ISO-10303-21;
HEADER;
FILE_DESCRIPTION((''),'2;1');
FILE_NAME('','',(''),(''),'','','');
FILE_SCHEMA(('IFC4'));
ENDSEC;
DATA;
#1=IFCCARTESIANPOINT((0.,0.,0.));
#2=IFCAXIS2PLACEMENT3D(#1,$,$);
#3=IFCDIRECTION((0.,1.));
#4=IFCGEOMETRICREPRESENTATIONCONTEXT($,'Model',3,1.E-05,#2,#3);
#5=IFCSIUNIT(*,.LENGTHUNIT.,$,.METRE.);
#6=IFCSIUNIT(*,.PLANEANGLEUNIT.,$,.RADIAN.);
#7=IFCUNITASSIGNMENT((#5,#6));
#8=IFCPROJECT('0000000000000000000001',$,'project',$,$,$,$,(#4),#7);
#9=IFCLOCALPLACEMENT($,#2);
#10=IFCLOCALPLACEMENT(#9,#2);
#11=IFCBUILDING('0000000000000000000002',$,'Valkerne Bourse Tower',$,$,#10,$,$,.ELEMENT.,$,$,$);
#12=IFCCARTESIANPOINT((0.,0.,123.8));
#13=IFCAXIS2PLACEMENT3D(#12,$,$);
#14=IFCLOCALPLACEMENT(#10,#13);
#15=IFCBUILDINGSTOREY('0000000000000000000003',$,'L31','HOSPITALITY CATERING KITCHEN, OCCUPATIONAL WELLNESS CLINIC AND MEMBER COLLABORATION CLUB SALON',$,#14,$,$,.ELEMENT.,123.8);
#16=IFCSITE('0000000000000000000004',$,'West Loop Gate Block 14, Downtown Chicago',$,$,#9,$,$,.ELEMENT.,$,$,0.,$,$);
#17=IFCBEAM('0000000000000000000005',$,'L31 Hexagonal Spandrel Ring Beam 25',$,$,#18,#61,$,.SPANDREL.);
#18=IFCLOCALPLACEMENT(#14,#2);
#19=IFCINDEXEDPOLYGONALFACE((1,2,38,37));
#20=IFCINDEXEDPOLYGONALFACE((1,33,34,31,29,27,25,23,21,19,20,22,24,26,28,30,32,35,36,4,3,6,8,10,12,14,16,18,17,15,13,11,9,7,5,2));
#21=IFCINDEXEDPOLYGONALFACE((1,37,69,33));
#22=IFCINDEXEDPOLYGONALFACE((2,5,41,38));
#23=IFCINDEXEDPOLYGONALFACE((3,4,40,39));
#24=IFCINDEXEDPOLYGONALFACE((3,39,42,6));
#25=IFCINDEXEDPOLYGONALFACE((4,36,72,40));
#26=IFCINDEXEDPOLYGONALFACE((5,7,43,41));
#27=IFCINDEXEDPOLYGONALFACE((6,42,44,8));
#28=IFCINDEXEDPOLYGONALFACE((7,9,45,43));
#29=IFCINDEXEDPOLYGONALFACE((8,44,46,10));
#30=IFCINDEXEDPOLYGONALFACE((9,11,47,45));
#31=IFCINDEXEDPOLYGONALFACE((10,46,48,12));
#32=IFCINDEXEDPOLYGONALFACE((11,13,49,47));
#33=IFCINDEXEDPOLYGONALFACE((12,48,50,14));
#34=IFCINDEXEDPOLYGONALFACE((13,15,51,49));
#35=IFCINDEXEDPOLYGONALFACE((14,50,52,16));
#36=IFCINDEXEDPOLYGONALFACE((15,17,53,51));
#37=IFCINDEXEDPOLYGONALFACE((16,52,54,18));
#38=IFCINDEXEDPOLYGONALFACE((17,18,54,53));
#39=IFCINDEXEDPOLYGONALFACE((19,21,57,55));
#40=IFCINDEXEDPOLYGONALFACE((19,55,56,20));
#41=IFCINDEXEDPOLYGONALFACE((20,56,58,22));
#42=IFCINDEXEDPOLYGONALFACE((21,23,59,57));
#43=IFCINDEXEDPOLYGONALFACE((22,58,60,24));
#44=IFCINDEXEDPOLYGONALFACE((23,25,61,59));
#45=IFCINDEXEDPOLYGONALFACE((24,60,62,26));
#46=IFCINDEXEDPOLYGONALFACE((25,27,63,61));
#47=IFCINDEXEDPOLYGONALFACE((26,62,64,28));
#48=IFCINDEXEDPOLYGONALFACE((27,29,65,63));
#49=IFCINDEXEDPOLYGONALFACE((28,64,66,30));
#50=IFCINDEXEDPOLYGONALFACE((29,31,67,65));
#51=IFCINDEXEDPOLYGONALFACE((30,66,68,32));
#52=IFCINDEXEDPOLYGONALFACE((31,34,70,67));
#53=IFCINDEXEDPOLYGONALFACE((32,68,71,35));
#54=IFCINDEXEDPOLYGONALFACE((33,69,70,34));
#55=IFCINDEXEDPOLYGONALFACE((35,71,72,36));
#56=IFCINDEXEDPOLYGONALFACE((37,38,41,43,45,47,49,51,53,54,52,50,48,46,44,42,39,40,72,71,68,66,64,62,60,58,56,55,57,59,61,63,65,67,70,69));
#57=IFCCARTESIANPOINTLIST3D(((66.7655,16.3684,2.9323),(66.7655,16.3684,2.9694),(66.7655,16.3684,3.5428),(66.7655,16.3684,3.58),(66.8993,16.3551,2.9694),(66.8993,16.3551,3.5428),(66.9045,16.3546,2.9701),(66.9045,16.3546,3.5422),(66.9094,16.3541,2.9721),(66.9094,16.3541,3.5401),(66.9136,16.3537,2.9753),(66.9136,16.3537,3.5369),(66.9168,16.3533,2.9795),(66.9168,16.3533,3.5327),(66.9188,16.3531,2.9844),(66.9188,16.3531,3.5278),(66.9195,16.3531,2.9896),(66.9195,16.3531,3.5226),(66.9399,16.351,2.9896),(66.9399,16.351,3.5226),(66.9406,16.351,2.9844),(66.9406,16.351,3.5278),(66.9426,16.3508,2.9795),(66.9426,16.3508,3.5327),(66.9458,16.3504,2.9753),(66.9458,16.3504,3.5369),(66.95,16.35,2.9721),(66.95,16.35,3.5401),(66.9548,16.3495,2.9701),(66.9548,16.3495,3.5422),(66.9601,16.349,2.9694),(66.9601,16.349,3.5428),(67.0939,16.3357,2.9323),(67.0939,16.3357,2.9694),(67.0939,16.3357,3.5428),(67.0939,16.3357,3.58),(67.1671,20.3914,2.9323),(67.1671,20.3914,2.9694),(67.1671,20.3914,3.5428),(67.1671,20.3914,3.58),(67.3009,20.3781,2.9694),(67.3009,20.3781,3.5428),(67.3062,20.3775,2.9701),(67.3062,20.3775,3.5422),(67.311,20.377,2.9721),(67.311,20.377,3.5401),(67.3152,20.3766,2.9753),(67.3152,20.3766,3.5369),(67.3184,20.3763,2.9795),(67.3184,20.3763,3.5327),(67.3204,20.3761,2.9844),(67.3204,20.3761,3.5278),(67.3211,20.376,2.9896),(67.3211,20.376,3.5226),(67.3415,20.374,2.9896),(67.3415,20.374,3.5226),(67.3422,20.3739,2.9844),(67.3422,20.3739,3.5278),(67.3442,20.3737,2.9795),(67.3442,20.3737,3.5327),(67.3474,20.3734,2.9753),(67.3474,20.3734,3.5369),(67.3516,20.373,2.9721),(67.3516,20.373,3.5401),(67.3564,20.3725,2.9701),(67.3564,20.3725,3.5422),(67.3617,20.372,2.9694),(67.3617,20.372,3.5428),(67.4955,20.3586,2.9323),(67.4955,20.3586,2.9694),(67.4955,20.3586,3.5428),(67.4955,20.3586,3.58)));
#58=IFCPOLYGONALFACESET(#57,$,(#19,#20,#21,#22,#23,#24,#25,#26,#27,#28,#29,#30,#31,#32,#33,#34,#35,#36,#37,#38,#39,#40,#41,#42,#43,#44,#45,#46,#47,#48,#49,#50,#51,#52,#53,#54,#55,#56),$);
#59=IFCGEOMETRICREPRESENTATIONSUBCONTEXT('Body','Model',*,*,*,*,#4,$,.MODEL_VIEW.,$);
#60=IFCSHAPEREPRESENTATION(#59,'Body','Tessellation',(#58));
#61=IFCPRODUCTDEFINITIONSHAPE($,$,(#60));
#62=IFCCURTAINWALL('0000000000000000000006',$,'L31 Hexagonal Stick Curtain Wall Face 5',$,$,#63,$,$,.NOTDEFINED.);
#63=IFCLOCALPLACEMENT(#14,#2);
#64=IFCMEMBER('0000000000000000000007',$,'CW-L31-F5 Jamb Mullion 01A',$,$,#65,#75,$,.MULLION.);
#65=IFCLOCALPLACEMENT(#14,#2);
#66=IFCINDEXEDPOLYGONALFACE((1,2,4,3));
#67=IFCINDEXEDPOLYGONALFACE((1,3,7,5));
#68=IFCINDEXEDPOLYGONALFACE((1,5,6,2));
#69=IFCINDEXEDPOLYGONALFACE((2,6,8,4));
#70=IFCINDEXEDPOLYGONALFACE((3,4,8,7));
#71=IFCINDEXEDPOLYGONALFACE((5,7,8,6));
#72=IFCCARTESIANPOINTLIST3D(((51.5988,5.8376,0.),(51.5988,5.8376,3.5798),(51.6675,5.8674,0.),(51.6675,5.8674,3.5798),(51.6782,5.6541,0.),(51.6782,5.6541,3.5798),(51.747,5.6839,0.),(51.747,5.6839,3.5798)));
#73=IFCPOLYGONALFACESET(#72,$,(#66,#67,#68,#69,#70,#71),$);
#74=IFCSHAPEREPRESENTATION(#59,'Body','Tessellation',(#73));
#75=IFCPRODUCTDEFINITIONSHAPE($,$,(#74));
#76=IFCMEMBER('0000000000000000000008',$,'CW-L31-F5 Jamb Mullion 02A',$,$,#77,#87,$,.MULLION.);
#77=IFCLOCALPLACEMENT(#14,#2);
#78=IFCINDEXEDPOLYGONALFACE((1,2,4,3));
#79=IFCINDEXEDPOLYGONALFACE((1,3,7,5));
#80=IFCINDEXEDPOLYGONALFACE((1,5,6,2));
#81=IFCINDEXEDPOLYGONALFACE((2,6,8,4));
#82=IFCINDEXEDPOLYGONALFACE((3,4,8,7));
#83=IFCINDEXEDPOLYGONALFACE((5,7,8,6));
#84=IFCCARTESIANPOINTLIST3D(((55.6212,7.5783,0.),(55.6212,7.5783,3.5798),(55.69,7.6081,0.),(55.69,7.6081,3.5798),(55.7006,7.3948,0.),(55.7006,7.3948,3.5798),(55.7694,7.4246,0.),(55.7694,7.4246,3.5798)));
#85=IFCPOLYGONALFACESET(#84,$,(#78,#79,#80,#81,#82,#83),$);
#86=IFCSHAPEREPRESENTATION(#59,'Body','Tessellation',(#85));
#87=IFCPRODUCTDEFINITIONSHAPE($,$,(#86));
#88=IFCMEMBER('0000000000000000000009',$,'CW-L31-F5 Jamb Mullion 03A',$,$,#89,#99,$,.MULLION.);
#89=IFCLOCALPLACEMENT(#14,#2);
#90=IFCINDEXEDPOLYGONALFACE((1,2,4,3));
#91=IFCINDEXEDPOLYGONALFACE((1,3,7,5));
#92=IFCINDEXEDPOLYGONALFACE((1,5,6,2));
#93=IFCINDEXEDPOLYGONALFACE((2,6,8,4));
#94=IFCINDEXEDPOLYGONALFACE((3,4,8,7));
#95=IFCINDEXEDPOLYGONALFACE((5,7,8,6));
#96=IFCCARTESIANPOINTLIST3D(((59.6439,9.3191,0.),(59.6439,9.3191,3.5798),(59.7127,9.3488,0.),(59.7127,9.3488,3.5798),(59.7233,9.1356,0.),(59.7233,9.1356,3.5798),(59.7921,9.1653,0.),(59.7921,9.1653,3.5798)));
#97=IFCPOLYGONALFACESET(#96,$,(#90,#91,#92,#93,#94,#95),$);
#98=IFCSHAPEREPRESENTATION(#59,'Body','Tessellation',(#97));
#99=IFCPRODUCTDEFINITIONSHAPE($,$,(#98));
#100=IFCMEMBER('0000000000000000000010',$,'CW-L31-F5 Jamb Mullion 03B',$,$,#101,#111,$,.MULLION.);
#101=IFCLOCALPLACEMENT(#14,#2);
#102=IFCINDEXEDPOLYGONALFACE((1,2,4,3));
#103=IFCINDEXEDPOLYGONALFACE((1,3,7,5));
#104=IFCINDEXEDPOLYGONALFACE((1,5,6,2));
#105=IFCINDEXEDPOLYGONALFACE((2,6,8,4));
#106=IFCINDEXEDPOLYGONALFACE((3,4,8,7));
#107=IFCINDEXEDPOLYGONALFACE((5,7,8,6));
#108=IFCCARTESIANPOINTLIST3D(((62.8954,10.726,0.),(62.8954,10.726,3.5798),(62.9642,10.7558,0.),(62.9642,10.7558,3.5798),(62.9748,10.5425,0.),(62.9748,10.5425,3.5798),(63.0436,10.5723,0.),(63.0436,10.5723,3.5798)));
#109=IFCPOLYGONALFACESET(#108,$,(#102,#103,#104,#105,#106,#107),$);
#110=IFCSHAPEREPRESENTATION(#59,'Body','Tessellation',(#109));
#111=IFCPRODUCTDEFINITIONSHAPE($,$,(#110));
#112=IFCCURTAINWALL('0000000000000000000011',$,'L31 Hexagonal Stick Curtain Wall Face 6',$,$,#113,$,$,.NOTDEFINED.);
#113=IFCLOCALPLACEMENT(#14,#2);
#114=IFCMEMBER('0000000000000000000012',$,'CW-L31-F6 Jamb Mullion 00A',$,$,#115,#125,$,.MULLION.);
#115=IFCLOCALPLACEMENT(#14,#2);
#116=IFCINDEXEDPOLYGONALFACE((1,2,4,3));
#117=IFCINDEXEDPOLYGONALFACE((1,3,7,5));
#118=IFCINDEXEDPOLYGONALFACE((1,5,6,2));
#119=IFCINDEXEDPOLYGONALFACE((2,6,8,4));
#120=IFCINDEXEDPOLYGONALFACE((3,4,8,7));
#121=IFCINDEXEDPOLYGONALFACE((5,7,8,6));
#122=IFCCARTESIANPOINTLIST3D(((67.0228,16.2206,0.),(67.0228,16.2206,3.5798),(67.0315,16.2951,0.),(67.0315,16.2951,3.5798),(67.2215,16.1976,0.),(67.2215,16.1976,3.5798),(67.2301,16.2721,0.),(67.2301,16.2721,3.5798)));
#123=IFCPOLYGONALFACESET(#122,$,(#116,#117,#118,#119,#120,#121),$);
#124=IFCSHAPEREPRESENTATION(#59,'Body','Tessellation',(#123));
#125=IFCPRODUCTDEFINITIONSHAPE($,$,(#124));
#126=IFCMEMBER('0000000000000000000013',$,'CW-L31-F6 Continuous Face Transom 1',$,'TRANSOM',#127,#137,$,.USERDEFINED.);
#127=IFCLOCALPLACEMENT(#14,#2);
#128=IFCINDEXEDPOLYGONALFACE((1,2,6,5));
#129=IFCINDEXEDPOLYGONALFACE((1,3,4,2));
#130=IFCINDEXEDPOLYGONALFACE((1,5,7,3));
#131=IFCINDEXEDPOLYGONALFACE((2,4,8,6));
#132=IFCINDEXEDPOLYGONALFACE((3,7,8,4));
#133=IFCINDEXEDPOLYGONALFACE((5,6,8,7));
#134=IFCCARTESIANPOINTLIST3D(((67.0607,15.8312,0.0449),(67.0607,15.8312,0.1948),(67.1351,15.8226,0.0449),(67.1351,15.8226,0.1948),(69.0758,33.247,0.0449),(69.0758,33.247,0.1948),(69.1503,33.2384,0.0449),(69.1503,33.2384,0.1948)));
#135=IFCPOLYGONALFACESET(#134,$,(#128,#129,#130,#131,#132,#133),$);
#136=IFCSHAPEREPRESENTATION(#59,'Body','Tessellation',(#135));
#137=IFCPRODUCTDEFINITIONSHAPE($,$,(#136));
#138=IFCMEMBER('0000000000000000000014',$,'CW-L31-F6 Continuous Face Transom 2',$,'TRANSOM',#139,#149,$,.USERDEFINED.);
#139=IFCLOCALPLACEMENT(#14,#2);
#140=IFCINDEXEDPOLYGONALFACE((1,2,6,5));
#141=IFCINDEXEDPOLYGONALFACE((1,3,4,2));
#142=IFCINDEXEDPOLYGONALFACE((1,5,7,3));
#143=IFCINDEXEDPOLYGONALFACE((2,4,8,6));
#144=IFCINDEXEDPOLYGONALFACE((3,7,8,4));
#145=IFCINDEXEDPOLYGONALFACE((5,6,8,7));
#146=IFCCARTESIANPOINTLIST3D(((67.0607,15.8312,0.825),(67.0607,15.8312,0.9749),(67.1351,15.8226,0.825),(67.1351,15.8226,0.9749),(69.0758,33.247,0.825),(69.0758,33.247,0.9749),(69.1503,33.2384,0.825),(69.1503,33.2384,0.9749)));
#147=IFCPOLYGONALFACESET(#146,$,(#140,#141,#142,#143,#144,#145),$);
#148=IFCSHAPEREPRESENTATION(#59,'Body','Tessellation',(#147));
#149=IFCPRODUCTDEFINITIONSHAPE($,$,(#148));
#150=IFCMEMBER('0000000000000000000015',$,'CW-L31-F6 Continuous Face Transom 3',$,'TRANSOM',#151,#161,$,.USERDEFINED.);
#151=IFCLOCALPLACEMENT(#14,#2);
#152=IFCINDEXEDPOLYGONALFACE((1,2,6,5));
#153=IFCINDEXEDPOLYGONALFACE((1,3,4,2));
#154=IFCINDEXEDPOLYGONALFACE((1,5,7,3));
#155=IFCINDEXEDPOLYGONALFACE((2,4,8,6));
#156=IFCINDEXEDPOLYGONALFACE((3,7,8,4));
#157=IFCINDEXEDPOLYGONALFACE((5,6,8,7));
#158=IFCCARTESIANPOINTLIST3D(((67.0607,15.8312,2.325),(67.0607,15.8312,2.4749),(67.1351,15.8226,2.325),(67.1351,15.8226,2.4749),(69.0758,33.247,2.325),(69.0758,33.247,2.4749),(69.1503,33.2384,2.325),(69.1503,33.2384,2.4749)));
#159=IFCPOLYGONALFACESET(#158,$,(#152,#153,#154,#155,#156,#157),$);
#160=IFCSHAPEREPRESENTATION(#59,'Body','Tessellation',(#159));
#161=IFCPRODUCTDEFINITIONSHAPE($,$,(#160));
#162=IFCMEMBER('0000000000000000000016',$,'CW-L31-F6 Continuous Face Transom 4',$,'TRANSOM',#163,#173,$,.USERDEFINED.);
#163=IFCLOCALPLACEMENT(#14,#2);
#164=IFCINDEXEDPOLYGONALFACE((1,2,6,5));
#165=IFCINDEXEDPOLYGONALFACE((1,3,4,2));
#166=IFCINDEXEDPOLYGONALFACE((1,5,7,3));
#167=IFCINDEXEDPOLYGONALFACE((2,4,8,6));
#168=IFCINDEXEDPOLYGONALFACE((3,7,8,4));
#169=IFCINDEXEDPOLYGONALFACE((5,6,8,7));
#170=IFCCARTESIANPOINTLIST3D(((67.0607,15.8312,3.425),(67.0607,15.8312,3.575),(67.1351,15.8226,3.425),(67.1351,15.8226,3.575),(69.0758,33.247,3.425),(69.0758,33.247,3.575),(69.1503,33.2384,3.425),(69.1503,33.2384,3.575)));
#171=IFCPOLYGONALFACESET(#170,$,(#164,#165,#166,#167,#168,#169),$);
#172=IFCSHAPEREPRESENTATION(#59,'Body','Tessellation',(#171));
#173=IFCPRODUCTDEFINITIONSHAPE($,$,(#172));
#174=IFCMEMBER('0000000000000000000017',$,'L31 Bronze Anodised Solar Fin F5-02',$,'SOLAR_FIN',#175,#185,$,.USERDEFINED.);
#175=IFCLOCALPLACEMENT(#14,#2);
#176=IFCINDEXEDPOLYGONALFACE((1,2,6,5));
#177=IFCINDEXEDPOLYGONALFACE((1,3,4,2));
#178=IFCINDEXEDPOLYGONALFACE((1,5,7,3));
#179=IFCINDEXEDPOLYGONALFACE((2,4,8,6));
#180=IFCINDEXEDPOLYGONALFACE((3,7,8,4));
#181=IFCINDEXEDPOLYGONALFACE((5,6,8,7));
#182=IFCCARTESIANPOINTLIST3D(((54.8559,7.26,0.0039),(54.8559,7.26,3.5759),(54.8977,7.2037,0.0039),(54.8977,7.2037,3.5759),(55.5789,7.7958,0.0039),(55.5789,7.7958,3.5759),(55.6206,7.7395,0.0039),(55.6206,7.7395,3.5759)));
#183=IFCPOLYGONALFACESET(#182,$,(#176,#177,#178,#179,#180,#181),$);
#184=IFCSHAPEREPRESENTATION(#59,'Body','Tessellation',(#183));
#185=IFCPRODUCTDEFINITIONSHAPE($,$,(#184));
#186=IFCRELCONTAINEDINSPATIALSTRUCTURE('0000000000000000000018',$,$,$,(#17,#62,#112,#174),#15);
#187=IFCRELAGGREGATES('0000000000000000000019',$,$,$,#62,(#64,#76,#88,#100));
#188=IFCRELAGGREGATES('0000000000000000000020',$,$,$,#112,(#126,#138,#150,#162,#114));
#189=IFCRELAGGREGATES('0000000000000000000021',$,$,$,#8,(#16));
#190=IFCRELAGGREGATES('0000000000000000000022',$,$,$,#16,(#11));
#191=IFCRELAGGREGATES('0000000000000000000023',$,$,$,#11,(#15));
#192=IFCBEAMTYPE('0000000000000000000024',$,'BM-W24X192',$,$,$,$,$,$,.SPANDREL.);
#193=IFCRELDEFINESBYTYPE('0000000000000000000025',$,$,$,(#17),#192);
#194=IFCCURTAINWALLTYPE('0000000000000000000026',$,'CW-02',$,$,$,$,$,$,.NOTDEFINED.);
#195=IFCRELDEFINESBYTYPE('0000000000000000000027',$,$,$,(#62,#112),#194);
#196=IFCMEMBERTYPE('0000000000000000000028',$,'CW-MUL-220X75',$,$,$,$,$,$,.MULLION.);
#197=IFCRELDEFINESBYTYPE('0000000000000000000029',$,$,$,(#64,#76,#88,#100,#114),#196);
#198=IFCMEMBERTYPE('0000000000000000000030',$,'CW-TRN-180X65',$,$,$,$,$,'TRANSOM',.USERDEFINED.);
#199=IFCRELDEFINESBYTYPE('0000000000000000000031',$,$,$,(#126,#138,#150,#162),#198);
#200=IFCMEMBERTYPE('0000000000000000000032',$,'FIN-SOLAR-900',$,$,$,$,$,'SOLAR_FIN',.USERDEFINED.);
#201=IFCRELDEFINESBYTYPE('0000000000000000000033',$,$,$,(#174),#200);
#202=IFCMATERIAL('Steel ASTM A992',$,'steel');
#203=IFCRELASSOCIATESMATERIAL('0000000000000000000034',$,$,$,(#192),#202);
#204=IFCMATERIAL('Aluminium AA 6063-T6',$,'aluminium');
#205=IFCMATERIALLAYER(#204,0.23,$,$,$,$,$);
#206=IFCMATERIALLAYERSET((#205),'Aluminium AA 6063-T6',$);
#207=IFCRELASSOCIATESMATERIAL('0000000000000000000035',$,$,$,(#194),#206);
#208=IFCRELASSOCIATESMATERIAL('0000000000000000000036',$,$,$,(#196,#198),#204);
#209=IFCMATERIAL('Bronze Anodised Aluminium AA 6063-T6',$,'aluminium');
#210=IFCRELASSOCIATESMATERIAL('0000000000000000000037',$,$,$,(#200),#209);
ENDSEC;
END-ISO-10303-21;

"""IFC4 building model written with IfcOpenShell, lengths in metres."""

from ifc_helpers import new_model, si_unit, direction, frame, origin, origin_2d, place, context, subcontext, project, spatial, rectangle, i_section, extrude, material, layer, layer_set, material_profile, profile_set, type_object, element, aggregate, save


model = new_model("IFC4")

# Units and contexts
model_context = context("Model", 3, precision=1e-05, world=origin(), true_north=direction((0.0, 1.0)))
body_context = subcontext(model_context, "Body", "Model", "MODEL_VIEW")
ifc_project = project(units=[si_unit("LENGTHUNIT", "METRE"), si_unit("PLANEANGLEUNIT", "RADIAN")], contexts=[model_context])

# Site, building, storey
site_placement = place(None, origin())
site = spatial("IfcSite", under=ifc_project, at=site_placement, Name="West Loop Gate Block 14, Downtown Chicago", CompositionType="ELEMENT", RefElevation=0.0)
building_placement = place(site_placement, origin())
building = spatial("IfcBuilding", under=site, at=building_placement, Name="Valkerne Bourse Tower", CompositionType="ELEMENT")
storey_placement = place(building_placement, frame((0.0, 0.0, 123.8)))
storey = spatial("IfcBuildingStorey", under=building, at=storey_placement, Name="L31", Description="HOSPITALITY CATERING KITCHEN, OCCUPATIONAL WELLNESS CLINIC AND MEMBER COLLABORATION CLUB SALON", CompositionType="ELEMENT", Elevation=123.8)

# Beam
ifc_material_1 = material(Name="Steel ASTM A992", Category="steel")
ifc_material_profile_1 = material_profile(ifc_material_1, i_section(OverallWidth=0.3301, OverallDepth=0.6477, WebThickness=0.0205, FlangeThickness=0.0371, FilletRadius=0.0203, at=origin_2d()), Name="W24X192")
ifc_profile_set_1 = profile_set([ifc_material_profile_1], Name="Steel ASTM A992")
beam_type = type_object("IfcBeamType", Name="BM-W24X192", PredefinedType="SPANDREL", material=ifc_profile_set_1)
beam_1_placement = place(storey_placement, frame((66.9297, 16.3521, 3.2561), z_axis=(0.099336, 0.995054, 0.0), x_axis=(-0.995054, 0.099336, 0.0)))
element("IfcBeam", 1, at=beam_1_placement, inside=storey, type_object=beam_type, Name="L31 Hexagonal Spandrel Ring Beam 25", PredefinedType="SPANDREL", context=body_context, shape_type="SweptSolid", body=[
    extrude(i_section(OverallWidth=0.3301, OverallDepth=0.6477, WebThickness=0.0205, FlangeThickness=0.0371, FilletRadius=0.0203, at=origin_2d()), origin(), (0.0, 0.0, 1.0), 4.043),
])

# Curtain walls, members
ifc_material_2 = material(Name="Aluminium AA 6063-T6", Category="aluminium")
ifc_layer_1 = layer(ifc_material_2, 0.23)
ifc_layer_set_1 = layer_set([ifc_layer_1], Name="Aluminium AA 6063-T6")
curtain_wall_type = type_object("IfcCurtainWallType", Name="CW-02", PredefinedType="NOTDEFINED", material=ifc_layer_set_1)
curtain_wall_1_placement = place(storey_placement, origin())
curtain_wall_1 = element("IfcCurtainWall", 2, at=curtain_wall_1_placement, inside=storey, type_object=curtain_wall_type, Name="L31 Hexagonal Stick Curtain Wall Face 5", PredefinedType="NOTDEFINED")
ifc_material_profile_2 = material_profile(ifc_material_2, rectangle(XDim=0.075, YDim=0.2, at=origin_2d()), Name="CWM-75X200")
ifc_profile_set_2 = profile_set([ifc_material_profile_2], Name="Aluminium AA 6063-T6")
member_type_1 = type_object("IfcMemberType", Name="CW-MUL-220X75", PredefinedType="MULLION", material=ifc_profile_set_2)
member_1_placement = place(storey_placement, frame((51.6729, 5.7607, 0.0), z_axis=(0.0, 0.0, 1.0), x_axis=(0.917754, 0.39715, 0.0)))
member_1 = element("IfcMember", 3, at=member_1_placement, type_object=member_type_1, Name="CW-L31-F5 Jamb Mullion 01A", PredefinedType="MULLION", context=body_context, shape_type="SweptSolid", body=[
    extrude(rectangle(XDim=0.075, YDim=0.2, at=origin_2d()), origin(), (0.0, 0.0, 1.0), 3.5798),
])
member_2_placement = place(storey_placement, frame((55.6953, 7.5015, 0.0), z_axis=(0.0, 0.0, 1.0), x_axis=(0.917757, 0.397141, 0.0)))
member_2 = element("IfcMember", 4, at=member_2_placement, type_object=member_type_1, Name="CW-L31-F5 Jamb Mullion 02A", PredefinedType="MULLION", context=body_context, shape_type="SweptSolid", body=[
    extrude(rectangle(XDim=0.075, YDim=0.2, at=origin_2d()), origin(), (0.0, 0.0, 1.0), 3.5798),
])
member_3_placement = place(storey_placement, frame((59.718, 9.2422, 0.0), z_axis=(0.0, 0.0, 1.0), x_axis=(0.917754, 0.39715, 0.0)))
member_3 = element("IfcMember", 5, at=member_3_placement, type_object=member_type_1, Name="CW-L31-F5 Jamb Mullion 03A", PredefinedType="MULLION", context=body_context, shape_type="SweptSolid", body=[
    extrude(rectangle(XDim=0.075, YDim=0.2, at=origin_2d()), origin(), (0.0, 0.0, 1.0), 3.5798),
])
member_4_placement = place(storey_placement, frame((62.9695, 10.6492, 0.0), z_axis=(0.0, 0.0, 1.0), x_axis=(0.917754, 0.39715, 0.0)))
member_4 = element("IfcMember", 6, at=member_4_placement, type_object=member_type_1, Name="CW-L31-F5 Jamb Mullion 03B", PredefinedType="MULLION", context=body_context, shape_type="SweptSolid", body=[
    extrude(rectangle(XDim=0.075, YDim=0.2, at=origin_2d()), origin(), (0.0, 0.0, 1.0), 3.5798),
])
curtain_wall_2_placement = place(storey_placement, origin())
curtain_wall_2 = element("IfcCurtainWall", 7, at=curtain_wall_2_placement, inside=storey, type_object=curtain_wall_type, Name="L31 Hexagonal Stick Curtain Wall Face 6", PredefinedType="NOTDEFINED")
member_5_placement = place(storey_placement, frame((67.1265, 16.2463, 0.0), z_axis=(0.0, 0.0, 1.0), x_axis=(0.114943, 0.993372, 0.0)))
member_5 = element("IfcMember", 8, at=member_5_placement, type_object=member_type_1, Name="CW-L31-F6 Jamb Mullion 00A", PredefinedType="MULLION", context=body_context, shape_type="SweptSolid", body=[
    extrude(rectangle(XDim=0.075, YDim=0.2, at=origin_2d()), origin(), (0.0, 0.0, 1.0), 3.5798),
])
ifc_material_profile_3 = material_profile(ifc_material_2, rectangle(XDim=0.075, YDim=0.1499, at=origin_2d()), Name="CWT-75X150")
ifc_profile_set_3 = profile_set([ifc_material_profile_3], Name="Aluminium AA 6063-T6")
member_type_2 = type_object("IfcMemberType", Name="CW-TRN-180X65", ElementType="TRANSOM", PredefinedType="USERDEFINED", material=ifc_profile_set_3)
member_6_placement = place(storey_placement, frame((67.0979, 15.8269, 0.1199), z_axis=(0.114941, 0.993372, 0.0), x_axis=(-0.993372, 0.114941, 0.0)))
member_6 = element("IfcMember", 9, at=member_6_placement, type_object=member_type_2, Name="CW-L31-F6 Continuous Face Transom 1", ObjectType="TRANSOM", PredefinedType="USERDEFINED", context=body_context, shape_type="SweptSolid", body=[
    extrude(rectangle(XDim=0.075, YDim=0.1499, at=origin_2d()), origin(), (0.0, 0.0, 1.0), 17.532),
])
member_7_placement = place(storey_placement, frame((67.0979, 15.8269, 0.8999), z_axis=(0.114941, 0.993372, 0.0), x_axis=(-0.993372, 0.114941, 0.0)))
member_7 = element("IfcMember", 10, at=member_7_placement, type_object=member_type_2, Name="CW-L31-F6 Continuous Face Transom 2", ObjectType="TRANSOM", PredefinedType="USERDEFINED", context=body_context, shape_type="SweptSolid", body=[
    extrude(rectangle(XDim=0.075, YDim=0.1499, at=origin_2d()), origin(), (0.0, 0.0, 1.0), 17.532),
])
member_8_placement = place(storey_placement, frame((67.0979, 15.8269, 2.3999), z_axis=(0.114941, 0.993372, 0.0), x_axis=(-0.993372, 0.114941, 0.0)))
member_8 = element("IfcMember", 11, at=member_8_placement, type_object=member_type_2, Name="CW-L31-F6 Continuous Face Transom 3", ObjectType="TRANSOM", PredefinedType="USERDEFINED", context=body_context, shape_type="SweptSolid", body=[
    extrude(rectangle(XDim=0.075, YDim=0.1499, at=origin_2d()), origin(), (0.0, 0.0, 1.0), 17.532),
])
member_9_placement = place(storey_placement, frame((67.0979, 15.8269, 3.5), z_axis=(0.114941, 0.993372, 0.0), x_axis=(-0.993372, 0.114941, 0.0)))
member_9 = element("IfcMember", 12, at=member_9_placement, type_object=member_type_2, Name="CW-L31-F6 Continuous Face Transom 4", ObjectType="TRANSOM", PredefinedType="USERDEFINED", context=body_context, shape_type="SweptSolid", body=[
    extrude(rectangle(XDim=0.075, YDim=0.1499, at=origin_2d()), origin(), (0.0, 0.0, 1.0), 17.532),
])

# Member
ifc_material_3 = material(Name="Bronze Anodised Aluminium AA 6063-T6", Category="aluminium")
ifc_material_profile_4 = material_profile(ifc_material_3, rectangle(XDim=0.0701, YDim=0.8999, at=origin_2d()), Name="FIN-70X900")
ifc_profile_set_4 = profile_set([ifc_material_profile_4], Name="Bronze Anodised Aluminium AA 6063-T6")
member_type_3 = type_object("IfcMemberType", Name="FIN-SOLAR-900", ElementType="SOLAR_FIN", PredefinedType="USERDEFINED", material=ifc_profile_set_4)
member_10_placement = place(storey_placement, frame((55.2383, 7.4998, 0.0039), z_axis=(0.0, 0.0, 1.0), x_axis=(0.59548, -0.80337, 0.0)))
element("IfcMember", 13, at=member_10_placement, inside=storey, type_object=member_type_3, Name="L31 Bronze Anodised Solar Fin F5-02", ObjectType="SOLAR_FIN", PredefinedType="USERDEFINED", context=body_context, shape_type="SweptSolid", body=[
    extrude(rectangle(XDim=0.0701, YDim=0.8999, at=origin_2d()), origin(), (0.0, 0.0, 1.0), 3.572),
])

aggregate(curtain_wall_1, [member_1, member_2, member_3, member_4])
aggregate(curtain_wall_2, [member_6, member_7, member_8, member_9, member_5])

save(model, "model.ifc")
